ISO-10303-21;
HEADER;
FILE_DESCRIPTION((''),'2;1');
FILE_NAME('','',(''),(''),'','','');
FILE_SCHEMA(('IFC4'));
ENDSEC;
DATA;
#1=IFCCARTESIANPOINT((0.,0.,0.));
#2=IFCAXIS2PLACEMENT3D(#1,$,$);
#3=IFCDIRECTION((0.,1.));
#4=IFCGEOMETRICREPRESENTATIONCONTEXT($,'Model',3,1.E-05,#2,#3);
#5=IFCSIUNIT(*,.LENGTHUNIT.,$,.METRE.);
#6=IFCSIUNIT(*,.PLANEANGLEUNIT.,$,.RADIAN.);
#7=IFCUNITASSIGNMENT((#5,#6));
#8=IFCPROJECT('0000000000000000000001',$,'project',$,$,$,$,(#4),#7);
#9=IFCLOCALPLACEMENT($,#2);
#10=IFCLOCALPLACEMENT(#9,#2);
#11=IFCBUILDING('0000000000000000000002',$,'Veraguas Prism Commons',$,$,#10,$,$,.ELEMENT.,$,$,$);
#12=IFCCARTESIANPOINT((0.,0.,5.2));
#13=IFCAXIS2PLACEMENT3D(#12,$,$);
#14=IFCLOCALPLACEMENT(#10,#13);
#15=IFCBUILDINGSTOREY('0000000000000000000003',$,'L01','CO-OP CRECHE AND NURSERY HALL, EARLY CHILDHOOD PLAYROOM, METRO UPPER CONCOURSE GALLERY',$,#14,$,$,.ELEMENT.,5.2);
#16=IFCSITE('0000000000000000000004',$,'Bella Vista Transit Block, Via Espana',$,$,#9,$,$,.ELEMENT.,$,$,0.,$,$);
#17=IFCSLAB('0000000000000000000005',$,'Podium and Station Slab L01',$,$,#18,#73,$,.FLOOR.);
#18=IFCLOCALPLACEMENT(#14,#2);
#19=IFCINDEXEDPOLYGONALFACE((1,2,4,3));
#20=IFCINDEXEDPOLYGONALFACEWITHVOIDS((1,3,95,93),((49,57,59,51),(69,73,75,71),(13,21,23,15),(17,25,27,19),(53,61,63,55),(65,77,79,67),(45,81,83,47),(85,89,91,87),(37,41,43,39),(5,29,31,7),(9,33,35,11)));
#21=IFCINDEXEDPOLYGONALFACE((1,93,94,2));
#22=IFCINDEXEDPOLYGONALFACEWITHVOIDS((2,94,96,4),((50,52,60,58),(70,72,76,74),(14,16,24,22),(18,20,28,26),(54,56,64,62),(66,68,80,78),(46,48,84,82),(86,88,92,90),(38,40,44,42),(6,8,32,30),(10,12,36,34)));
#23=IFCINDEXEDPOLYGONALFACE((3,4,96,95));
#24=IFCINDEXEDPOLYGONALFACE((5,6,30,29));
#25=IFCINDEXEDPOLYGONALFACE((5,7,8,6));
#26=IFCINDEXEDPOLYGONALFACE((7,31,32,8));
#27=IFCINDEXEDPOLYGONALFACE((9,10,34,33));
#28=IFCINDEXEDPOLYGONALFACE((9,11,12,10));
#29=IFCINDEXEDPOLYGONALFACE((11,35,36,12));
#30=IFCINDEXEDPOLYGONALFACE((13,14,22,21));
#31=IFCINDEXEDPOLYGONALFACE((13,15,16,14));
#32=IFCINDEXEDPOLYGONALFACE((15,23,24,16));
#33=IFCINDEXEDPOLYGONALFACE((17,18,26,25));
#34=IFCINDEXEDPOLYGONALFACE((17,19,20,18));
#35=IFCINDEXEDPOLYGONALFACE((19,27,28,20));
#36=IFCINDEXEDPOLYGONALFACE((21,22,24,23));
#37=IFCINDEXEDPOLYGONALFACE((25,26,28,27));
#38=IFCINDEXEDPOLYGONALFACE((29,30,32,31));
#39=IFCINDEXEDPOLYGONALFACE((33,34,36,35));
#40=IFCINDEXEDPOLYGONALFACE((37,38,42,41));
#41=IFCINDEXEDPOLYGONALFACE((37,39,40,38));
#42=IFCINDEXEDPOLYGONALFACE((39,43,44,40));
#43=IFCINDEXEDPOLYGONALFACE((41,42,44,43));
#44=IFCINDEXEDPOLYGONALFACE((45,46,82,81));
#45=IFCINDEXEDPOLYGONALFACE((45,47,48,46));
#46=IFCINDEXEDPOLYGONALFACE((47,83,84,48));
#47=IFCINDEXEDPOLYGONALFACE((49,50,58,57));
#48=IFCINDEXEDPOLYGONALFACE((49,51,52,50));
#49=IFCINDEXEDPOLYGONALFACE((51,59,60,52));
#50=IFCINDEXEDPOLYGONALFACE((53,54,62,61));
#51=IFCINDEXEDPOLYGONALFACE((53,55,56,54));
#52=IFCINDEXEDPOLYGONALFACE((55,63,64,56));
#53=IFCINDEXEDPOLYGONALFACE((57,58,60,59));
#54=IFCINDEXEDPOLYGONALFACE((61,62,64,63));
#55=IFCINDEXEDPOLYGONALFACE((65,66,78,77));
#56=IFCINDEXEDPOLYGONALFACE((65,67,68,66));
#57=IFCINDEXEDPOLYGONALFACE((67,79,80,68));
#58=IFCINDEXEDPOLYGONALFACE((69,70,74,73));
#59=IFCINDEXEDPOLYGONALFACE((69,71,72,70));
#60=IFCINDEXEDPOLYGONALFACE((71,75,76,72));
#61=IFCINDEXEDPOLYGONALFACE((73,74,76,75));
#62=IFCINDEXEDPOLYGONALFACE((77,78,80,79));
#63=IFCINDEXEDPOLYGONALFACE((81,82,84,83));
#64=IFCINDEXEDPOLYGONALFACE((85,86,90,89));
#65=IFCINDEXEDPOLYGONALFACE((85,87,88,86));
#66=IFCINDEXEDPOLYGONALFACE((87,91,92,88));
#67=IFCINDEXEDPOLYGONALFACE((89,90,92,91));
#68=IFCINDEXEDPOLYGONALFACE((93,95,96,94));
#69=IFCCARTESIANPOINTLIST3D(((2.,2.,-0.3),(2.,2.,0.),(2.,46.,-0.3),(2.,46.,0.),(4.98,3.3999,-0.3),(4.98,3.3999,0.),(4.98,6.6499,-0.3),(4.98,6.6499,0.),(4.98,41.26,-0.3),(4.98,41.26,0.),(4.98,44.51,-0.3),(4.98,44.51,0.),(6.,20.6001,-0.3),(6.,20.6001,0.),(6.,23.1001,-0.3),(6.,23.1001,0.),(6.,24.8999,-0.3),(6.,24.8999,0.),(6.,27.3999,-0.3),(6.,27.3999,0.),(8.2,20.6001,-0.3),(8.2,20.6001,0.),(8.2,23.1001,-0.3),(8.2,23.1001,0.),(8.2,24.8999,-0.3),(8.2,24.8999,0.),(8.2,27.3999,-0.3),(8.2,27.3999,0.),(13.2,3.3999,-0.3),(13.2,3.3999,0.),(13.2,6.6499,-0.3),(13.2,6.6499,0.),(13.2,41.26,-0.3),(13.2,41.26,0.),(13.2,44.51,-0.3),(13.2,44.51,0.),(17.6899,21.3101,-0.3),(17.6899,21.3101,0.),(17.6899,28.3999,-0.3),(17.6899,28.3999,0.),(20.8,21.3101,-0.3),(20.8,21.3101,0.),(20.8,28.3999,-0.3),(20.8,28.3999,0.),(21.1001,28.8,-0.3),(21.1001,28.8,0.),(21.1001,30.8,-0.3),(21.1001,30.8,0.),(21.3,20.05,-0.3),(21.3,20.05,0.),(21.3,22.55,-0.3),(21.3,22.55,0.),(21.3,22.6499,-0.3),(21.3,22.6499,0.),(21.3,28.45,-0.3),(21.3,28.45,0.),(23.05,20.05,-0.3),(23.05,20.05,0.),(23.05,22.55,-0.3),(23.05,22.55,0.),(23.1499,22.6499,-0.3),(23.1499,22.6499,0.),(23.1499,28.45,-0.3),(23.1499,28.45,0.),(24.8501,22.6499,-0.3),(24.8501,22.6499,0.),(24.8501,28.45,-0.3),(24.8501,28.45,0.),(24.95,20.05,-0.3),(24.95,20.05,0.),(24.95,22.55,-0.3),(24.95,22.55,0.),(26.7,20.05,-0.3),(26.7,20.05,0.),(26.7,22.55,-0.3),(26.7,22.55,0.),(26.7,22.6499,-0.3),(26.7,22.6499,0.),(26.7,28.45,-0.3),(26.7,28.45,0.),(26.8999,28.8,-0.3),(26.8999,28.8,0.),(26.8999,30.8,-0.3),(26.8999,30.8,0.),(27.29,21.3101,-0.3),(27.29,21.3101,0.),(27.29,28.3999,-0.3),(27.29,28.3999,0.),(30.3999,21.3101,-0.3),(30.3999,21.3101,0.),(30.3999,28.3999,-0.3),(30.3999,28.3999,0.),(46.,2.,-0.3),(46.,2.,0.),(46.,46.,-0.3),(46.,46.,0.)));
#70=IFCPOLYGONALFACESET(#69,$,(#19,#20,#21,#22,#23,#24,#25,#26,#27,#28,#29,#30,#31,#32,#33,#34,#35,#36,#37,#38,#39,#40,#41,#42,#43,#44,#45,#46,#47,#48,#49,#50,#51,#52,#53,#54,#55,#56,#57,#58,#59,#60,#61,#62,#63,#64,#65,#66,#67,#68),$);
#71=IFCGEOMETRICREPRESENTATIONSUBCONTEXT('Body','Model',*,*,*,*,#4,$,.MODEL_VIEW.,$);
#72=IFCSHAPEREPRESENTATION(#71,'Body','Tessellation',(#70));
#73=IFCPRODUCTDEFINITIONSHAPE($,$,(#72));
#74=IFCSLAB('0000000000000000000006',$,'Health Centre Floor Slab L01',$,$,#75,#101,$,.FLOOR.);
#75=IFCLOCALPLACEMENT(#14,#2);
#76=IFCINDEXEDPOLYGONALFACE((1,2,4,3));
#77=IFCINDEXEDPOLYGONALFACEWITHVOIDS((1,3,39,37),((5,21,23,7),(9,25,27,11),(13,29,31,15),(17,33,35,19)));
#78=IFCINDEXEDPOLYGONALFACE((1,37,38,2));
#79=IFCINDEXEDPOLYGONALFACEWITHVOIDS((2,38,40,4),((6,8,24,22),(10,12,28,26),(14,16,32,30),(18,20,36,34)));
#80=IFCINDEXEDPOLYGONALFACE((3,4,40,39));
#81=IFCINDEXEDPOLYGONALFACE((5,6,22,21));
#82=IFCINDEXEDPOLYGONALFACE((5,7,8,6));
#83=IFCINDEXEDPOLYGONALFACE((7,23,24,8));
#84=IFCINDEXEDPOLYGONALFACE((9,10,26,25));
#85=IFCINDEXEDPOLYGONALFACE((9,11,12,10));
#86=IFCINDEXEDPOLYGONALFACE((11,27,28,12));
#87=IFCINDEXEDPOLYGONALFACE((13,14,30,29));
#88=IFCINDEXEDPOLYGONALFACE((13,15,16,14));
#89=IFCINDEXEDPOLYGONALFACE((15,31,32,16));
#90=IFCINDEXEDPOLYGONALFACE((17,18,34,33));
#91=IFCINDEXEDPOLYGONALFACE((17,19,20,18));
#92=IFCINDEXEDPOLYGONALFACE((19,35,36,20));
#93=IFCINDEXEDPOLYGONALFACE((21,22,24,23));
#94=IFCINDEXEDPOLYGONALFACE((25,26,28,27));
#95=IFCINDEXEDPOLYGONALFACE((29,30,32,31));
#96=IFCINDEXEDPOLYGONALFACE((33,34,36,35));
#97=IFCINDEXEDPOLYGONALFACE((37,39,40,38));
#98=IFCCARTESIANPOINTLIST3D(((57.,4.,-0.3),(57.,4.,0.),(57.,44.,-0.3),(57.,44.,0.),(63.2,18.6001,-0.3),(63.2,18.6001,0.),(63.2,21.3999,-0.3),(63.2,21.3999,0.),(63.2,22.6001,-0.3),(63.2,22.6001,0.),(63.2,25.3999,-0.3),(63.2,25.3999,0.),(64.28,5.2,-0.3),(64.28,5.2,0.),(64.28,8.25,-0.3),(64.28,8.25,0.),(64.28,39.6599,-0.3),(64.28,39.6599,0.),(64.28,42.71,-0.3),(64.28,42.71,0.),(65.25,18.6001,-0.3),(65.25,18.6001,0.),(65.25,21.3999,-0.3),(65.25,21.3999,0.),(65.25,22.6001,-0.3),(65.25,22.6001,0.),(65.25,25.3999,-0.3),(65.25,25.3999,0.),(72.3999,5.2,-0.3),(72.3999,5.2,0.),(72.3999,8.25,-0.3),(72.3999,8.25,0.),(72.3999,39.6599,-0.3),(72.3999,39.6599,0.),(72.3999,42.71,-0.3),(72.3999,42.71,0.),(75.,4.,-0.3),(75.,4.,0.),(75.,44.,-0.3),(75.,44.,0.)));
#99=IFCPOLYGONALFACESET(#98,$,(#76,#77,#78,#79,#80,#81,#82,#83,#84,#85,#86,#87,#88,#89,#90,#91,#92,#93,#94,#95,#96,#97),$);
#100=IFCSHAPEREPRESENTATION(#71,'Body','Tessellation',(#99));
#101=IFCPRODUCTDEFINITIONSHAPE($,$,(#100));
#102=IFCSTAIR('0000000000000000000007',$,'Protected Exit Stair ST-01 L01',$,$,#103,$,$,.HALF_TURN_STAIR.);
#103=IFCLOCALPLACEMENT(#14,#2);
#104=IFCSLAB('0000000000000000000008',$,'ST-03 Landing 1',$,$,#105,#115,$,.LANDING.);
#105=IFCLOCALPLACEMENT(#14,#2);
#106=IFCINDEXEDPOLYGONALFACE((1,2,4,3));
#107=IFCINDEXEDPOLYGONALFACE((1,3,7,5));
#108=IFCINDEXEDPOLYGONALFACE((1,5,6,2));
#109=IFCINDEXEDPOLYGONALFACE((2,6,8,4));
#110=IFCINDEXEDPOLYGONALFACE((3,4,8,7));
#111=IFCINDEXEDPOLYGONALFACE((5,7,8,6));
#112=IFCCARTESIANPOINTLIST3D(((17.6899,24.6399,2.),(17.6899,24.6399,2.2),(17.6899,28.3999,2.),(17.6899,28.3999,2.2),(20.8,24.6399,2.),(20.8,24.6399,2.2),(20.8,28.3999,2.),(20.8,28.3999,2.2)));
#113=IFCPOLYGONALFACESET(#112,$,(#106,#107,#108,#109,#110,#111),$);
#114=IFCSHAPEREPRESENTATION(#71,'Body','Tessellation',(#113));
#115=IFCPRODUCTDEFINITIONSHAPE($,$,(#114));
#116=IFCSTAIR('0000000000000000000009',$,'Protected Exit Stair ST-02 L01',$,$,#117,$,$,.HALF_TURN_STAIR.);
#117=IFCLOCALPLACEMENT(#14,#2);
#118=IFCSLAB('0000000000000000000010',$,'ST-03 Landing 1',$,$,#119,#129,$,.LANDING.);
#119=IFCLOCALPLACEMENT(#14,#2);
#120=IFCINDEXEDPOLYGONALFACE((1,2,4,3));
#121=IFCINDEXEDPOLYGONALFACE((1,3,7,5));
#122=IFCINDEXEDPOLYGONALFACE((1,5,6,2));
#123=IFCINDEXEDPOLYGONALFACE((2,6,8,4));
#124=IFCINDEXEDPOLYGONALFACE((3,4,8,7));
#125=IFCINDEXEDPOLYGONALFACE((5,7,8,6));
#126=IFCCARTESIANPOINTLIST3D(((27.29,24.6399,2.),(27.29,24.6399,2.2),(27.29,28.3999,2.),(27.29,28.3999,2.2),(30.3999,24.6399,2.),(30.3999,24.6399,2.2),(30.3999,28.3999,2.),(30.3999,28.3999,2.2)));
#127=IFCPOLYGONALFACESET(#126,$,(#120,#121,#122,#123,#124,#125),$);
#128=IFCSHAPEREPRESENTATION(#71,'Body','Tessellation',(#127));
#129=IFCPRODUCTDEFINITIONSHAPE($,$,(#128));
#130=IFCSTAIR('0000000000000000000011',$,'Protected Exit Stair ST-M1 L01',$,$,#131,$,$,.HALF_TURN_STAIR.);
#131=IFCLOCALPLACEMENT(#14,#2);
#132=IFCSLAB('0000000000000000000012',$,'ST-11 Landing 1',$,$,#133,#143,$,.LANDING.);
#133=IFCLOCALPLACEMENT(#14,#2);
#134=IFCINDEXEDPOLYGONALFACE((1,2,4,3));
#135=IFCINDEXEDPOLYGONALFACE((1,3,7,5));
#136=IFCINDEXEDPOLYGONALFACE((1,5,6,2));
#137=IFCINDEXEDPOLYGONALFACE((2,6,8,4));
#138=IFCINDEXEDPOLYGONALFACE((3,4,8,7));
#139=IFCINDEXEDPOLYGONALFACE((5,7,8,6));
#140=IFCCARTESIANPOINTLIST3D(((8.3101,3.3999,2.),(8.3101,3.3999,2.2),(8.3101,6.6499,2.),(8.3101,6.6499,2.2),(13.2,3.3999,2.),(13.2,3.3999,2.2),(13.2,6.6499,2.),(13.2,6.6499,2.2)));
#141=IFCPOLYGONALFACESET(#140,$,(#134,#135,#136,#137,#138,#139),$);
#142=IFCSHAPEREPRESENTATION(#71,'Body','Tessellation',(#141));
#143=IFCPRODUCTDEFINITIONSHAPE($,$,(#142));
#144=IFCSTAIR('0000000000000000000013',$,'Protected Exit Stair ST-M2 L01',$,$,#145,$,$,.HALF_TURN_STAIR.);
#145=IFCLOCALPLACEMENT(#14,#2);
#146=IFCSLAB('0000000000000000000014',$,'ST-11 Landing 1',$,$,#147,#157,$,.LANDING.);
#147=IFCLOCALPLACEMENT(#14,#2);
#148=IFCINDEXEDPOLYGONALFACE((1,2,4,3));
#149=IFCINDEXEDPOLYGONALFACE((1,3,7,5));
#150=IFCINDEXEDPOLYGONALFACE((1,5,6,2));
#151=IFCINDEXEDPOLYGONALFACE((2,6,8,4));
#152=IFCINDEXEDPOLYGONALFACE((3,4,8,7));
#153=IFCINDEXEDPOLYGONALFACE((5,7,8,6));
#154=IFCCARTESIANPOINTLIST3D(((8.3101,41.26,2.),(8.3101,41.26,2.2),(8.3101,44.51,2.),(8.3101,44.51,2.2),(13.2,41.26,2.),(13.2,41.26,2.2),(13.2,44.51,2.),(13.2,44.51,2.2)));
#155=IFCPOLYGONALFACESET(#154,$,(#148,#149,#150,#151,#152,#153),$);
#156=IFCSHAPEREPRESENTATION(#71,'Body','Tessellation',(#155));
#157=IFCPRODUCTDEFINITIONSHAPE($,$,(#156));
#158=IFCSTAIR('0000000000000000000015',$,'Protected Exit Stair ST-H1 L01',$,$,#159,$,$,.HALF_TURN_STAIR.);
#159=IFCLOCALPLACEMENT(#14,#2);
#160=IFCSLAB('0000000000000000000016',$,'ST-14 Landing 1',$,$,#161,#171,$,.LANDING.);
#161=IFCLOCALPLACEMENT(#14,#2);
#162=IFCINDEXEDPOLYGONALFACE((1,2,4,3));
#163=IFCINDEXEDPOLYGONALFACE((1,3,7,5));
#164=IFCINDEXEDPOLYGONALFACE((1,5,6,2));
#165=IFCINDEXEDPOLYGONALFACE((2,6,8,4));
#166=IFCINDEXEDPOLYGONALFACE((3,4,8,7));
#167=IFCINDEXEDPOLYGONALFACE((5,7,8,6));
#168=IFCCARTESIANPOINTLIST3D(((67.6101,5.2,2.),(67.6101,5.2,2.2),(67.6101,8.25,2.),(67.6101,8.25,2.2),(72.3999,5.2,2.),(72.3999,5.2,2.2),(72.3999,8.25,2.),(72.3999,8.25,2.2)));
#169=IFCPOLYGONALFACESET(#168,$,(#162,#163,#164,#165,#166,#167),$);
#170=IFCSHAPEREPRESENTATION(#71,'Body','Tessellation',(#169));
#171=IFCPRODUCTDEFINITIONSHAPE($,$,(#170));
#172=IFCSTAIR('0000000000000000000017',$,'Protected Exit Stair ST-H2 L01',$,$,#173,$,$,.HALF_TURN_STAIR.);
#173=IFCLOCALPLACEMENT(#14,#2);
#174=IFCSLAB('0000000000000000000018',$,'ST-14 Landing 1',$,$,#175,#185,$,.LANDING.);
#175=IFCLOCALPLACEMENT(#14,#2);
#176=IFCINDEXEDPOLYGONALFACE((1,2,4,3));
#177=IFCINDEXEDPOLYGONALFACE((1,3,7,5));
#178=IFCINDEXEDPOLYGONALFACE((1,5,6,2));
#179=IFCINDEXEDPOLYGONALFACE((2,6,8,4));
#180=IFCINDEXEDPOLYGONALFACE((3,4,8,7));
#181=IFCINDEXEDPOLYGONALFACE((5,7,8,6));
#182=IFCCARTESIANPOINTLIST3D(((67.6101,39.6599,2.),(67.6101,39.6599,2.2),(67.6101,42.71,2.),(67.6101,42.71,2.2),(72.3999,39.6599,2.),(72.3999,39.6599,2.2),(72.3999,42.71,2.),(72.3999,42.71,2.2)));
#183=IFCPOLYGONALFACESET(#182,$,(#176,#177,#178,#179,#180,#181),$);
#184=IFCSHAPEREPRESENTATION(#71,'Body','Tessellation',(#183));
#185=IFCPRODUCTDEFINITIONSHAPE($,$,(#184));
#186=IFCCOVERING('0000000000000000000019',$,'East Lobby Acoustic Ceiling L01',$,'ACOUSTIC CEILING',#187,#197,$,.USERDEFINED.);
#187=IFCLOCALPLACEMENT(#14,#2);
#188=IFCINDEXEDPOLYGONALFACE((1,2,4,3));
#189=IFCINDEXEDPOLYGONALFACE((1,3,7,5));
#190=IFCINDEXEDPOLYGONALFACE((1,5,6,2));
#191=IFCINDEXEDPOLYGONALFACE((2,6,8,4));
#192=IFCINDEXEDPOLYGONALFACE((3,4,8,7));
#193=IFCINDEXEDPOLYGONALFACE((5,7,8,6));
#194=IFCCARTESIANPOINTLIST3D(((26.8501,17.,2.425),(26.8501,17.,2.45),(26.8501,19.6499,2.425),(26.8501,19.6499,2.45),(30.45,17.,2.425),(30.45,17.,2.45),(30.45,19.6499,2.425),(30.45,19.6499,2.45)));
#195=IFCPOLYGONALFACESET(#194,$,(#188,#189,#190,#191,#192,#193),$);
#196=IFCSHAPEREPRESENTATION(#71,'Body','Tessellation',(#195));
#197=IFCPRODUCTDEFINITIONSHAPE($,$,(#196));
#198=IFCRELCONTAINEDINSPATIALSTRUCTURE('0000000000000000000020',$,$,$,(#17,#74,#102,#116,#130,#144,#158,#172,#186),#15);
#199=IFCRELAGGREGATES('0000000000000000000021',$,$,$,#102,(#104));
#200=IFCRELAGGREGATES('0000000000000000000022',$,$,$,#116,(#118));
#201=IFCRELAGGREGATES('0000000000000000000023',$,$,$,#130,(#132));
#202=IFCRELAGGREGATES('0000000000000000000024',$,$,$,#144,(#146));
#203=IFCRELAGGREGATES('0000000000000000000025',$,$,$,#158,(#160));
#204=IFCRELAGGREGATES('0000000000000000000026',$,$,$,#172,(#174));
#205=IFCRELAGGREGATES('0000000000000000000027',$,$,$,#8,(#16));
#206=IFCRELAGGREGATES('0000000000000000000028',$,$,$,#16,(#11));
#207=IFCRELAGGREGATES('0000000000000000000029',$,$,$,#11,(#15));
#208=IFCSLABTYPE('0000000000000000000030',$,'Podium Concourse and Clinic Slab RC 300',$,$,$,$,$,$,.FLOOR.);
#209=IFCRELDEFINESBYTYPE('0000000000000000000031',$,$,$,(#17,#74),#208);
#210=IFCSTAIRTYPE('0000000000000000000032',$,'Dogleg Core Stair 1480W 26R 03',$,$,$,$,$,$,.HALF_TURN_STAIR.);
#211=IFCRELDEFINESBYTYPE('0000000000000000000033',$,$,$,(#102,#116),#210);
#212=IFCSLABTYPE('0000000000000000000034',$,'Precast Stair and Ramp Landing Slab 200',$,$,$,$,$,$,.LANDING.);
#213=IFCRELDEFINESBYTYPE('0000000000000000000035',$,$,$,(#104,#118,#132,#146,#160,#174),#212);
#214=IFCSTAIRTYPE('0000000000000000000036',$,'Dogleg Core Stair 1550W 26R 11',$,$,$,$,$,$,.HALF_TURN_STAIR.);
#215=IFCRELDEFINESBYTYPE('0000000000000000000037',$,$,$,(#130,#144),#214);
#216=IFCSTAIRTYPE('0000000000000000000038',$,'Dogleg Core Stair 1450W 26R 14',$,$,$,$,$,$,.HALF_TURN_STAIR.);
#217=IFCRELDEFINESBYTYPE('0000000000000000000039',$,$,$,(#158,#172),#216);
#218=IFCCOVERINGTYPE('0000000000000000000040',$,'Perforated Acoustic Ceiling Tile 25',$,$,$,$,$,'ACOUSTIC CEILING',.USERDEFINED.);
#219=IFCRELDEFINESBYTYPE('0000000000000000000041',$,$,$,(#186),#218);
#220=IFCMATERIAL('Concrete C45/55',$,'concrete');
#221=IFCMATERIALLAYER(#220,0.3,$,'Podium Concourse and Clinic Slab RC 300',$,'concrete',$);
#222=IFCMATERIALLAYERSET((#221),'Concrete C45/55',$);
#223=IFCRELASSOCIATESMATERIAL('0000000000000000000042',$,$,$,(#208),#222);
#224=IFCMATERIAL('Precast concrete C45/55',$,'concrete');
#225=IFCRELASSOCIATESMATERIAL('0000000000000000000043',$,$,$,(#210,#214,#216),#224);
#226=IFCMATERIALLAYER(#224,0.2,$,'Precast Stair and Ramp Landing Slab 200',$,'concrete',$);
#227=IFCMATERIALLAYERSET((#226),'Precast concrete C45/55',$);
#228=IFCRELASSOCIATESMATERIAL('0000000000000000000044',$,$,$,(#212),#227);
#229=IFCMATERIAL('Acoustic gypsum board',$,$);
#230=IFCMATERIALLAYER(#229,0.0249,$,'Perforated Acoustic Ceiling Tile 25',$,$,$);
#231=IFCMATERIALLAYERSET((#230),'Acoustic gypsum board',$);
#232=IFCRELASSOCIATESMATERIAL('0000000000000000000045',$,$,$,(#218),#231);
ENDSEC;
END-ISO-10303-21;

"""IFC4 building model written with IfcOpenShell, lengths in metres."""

from ifc_helpers import new_model, si_unit, direction, frame, origin, place, context, subcontext, project, spatial, polyline, outline, extrude, material, layer, layer_set, type_object, element, aggregate, save


model = new_model("IFC4")

# Units and contexts
model_context = context("Model", 3, precision=1e-05, world=origin(), true_north=direction((0.0, 1.0)))
body_context = subcontext(model_context, "Body", "Model", "MODEL_VIEW")
ifc_project = project(units=[si_unit("LENGTHUNIT", "METRE"), si_unit("PLANEANGLEUNIT", "RADIAN")], contexts=[model_context])

# Site, building, storey
site_placement = place(None, origin())
site = spatial("IfcSite", under=ifc_project, at=site_placement, Name="Bella Vista Transit Block, Via Espana", CompositionType="ELEMENT", RefElevation=0.0)
building_placement = place(site_placement, origin())
building = spatial("IfcBuilding", under=site, at=building_placement, Name="Veraguas Prism Commons", CompositionType="ELEMENT")
storey_placement = place(building_placement, frame((0.0, 0.0, 5.2)))
storey = spatial("IfcBuildingStorey", under=building, at=storey_placement, Name="L01", Description="CO-OP CRECHE AND NURSERY HALL, EARLY CHILDHOOD PLAYROOM, METRO UPPER CONCOURSE GALLERY", CompositionType="ELEMENT", Elevation=5.2)

# Slabs
ifc_material_1 = material(Name="Concrete C45/55", Category="concrete")
ifc_layer_1 = layer(ifc_material_1, 0.3, Name="Podium Concourse and Clinic Slab RC 300", Category="concrete")
ifc_layer_set_1 = layer_set([ifc_layer_1], Name="Concrete C45/55")
slab_type_1 = type_object("IfcSlabType", Name="Podium Concourse and Clinic Slab RC 300", PredefinedType="FLOOR", material=ifc_layer_set_1)
slab_1_placement = place(storey_placement, frame((0.0, 0.0, -0.3)))
element("IfcSlab", 1, at=slab_1_placement, inside=storey, type_object=slab_type_1, Name="Podium and Station Slab L01", PredefinedType="FLOOR", context=body_context, shape_type="SweptSolid", body=[
    extrude(outline(polyline([(2.0, 2.0), (46.0, 2.0), (46.0, 46.0), (2.0, 46.0), (2.0, 2.0)]), holes=[polyline([(20.8, 21.3101), (20.8, 28.3999), (17.6899, 28.3999), (17.6899, 21.3101), (20.8, 21.3101)]), polyline([(30.3999, 21.3101), (30.3999, 28.3999), (27.29, 28.3999), (27.29, 21.3101), (30.3999, 21.3101)]), polyline([(4.98, 3.3999), (13.2, 3.3999), (13.2, 6.6499), (4.98, 6.6499), (4.98, 3.3999)]), polyline([(4.98, 41.26), (13.2, 41.26), (13.2, 44.51), (4.98, 44.51), (4.98, 41.26)]), polyline([(21.3, 22.6499), (23.1499, 22.6499), (23.1499, 28.45), (21.3, 28.45), (21.3, 22.6499)]), polyline([(24.8501, 22.6499), (26.7, 22.6499), (26.7, 28.45), (24.8501, 28.45), (24.8501, 22.6499)]), polyline([(21.1001, 28.8), (26.8999, 28.8), (26.8999, 30.8), (21.1001, 30.8), (21.1001, 28.8)]), polyline([(21.3, 20.05), (23.05, 20.05), (23.05, 22.55), (21.3, 22.55), (21.3, 20.05)]), polyline([(24.95, 20.05), (26.7, 20.05), (26.7, 22.55), (24.95, 22.55), (24.95, 20.05)]), polyline([(6.0, 20.6001), (8.2, 20.6001), (8.2, 23.1001), (6.0, 23.1001), (6.0, 20.6001)]), polyline([(6.0, 24.8999), (8.2, 24.8999), (8.2, 27.3999), (6.0, 27.3999), (6.0, 24.8999)])]), origin(), (0.0, 0.0, 1.0), 0.3),
])
slab_2_placement = place(storey_placement, frame((0.0, 0.0, -0.3)))
element("IfcSlab", 2, at=slab_2_placement, inside=storey, type_object=slab_type_1, Name="Health Centre Floor Slab L01", PredefinedType="FLOOR", context=body_context, shape_type="SweptSolid", body=[
    extrude(outline(polyline([(57.0, 4.0), (75.0, 4.0), (75.0, 44.0), (57.0, 44.0), (57.0, 4.0)]), holes=[polyline([(64.28, 5.2), (72.3999, 5.2), (72.3999, 8.25), (64.28, 8.25), (64.28, 5.2)]), polyline([(64.28, 39.6599), (72.3999, 39.6599), (72.3999, 42.71), (64.28, 42.71), (64.28, 39.6599)]), polyline([(63.2, 18.6001), (65.25, 18.6001), (65.25, 21.3999), (63.2, 21.3999), (63.2, 18.6001)]), polyline([(63.2, 22.6001), (65.25, 22.6001), (65.25, 25.3999), (63.2, 25.3999), (63.2, 22.6001)])]), origin(), (0.0, 0.0, 1.0), 0.3),
])

# Stairs, slabs
ifc_material_2 = material(Name="Precast concrete C45/55", Category="concrete")
stair_type_1 = type_object("IfcStairType", Name="Dogleg Core Stair 1480W 26R 03", PredefinedType="HALF_TURN_STAIR", material=ifc_material_2)
stair_1_placement = place(storey_placement, origin())
stair_1 = element("IfcStair", 3, at=stair_1_placement, inside=storey, type_object=stair_type_1, Name="Protected Exit Stair ST-01 L01", PredefinedType="HALF_TURN_STAIR")
ifc_layer_2 = layer(ifc_material_2, 0.2, Name="Precast Stair and Ramp Landing Slab 200", Category="concrete")
ifc_layer_set_2 = layer_set([ifc_layer_2], Name="Precast concrete C45/55")
slab_type_2 = type_object("IfcSlabType", Name="Precast Stair and Ramp Landing Slab 200", PredefinedType="LANDING", material=ifc_layer_set_2)
slab_3_placement = place(storey_placement, frame((0.0, 0.0, 2.0)))
slab_3 = element("IfcSlab", 4, at=slab_3_placement, type_object=slab_type_2, Name="ST-03 Landing 1", PredefinedType="LANDING", context=body_context, shape_type="SweptSolid", body=[
    extrude(outline(polyline([(20.8, 24.6399), (20.8, 28.3999), (17.6899, 28.3999), (17.6899, 24.6399), (20.8, 24.6399)])), origin(), (0.0, 0.0, 1.0), 0.2),
])
aggregate(stair_1, [slab_3])
stair_2_placement = place(storey_placement, origin())
stair_2 = element("IfcStair", 5, at=stair_2_placement, inside=storey, type_object=stair_type_1, Name="Protected Exit Stair ST-02 L01", PredefinedType="HALF_TURN_STAIR")
slab_4_placement = place(storey_placement, frame((0.0, 0.0, 2.0)))
slab_4 = element("IfcSlab", 6, at=slab_4_placement, type_object=slab_type_2, Name="ST-03 Landing 1", PredefinedType="LANDING", context=body_context, shape_type="SweptSolid", body=[
    extrude(outline(polyline([(30.3999, 24.6399), (30.3999, 28.3999), (27.29, 28.3999), (27.29, 24.6399), (30.3999, 24.6399)])), origin(), (0.0, 0.0, 1.0), 0.2),
])
aggregate(stair_2, [slab_4])
stair_type_2 = type_object("IfcStairType", Name="Dogleg Core Stair 1550W 26R 11", PredefinedType="HALF_TURN_STAIR", material=ifc_material_2)
stair_3_placement = place(storey_placement, origin())
stair_3 = element("IfcStair", 7, at=stair_3_placement, inside=storey, type_object=stair_type_2, Name="Protected Exit Stair ST-M1 L01", PredefinedType="HALF_TURN_STAIR")
slab_5_placement = place(storey_placement, frame((0.0, 0.0, 2.0)))
slab_5 = element("IfcSlab", 8, at=slab_5_placement, type_object=slab_type_2, Name="ST-11 Landing 1", PredefinedType="LANDING", context=body_context, shape_type="SweptSolid", body=[
    extrude(outline(polyline([(8.3101, 3.3999), (13.2, 3.3999), (13.2, 6.6499), (8.3101, 6.6499), (8.3101, 3.3999)])), origin(), (0.0, 0.0, 1.0), 0.2),
])
aggregate(stair_3, [slab_5])
stair_4_placement = place(storey_placement, origin())
stair_4 = element("IfcStair", 9, at=stair_4_placement, inside=storey, type_object=stair_type_2, Name="Protected Exit Stair ST-M2 L01", PredefinedType="HALF_TURN_STAIR")
slab_6_placement = place(storey_placement, frame((0.0, 0.0, 2.0)))
slab_6 = element("IfcSlab", 10, at=slab_6_placement, type_object=slab_type_2, Name="ST-11 Landing 1", PredefinedType="LANDING", context=body_context, shape_type="SweptSolid", body=[
    extrude(outline(polyline([(8.3101, 41.26), (13.2, 41.26), (13.2, 44.51), (8.3101, 44.51), (8.3101, 41.26)])), origin(), (0.0, 0.0, 1.0), 0.2),
])
aggregate(stair_4, [slab_6])
stair_type_3 = type_object("IfcStairType", Name="Dogleg Core Stair 1450W 26R 14", PredefinedType="HALF_TURN_STAIR", material=ifc_material_2)
stair_5_placement = place(storey_placement, origin())
stair_5 = element("IfcStair", 11, at=stair_5_placement, inside=storey, type_object=stair_type_3, Name="Protected Exit Stair ST-H1 L01", PredefinedType="HALF_TURN_STAIR")
slab_7_placement = place(storey_placement, frame((0.0, 0.0, 2.0)))
slab_7 = element("IfcSlab", 12, at=slab_7_placement, type_object=slab_type_2, Name="ST-14 Landing 1", PredefinedType="LANDING", context=body_context, shape_type="SweptSolid", body=[
    extrude(outline(polyline([(67.6101, 5.2), (72.3999, 5.2), (72.3999, 8.25), (67.6101, 8.25), (67.6101, 5.2)])), origin(), (0.0, 0.0, 1.0), 0.2),
])
aggregate(stair_5, [slab_7])
stair_6_placement = place(storey_placement, origin())
stair_6 = element("IfcStair", 13, at=stair_6_placement, inside=storey, type_object=stair_type_3, Name="Protected Exit Stair ST-H2 L01", PredefinedType="HALF_TURN_STAIR")
slab_8_placement = place(storey_placement, frame((0.0, 0.0, 2.0)))
slab_8 = element("IfcSlab", 14, at=slab_8_placement, type_object=slab_type_2, Name="ST-14 Landing 1", PredefinedType="LANDING", context=body_context, shape_type="SweptSolid", body=[
    extrude(outline(polyline([(67.6101, 39.6599), (72.3999, 39.6599), (72.3999, 42.71), (67.6101, 42.71), (67.6101, 39.6599)])), origin(), (0.0, 0.0, 1.0), 0.2),
])
aggregate(stair_6, [slab_8])

# Covering
ifc_material_3 = material(Name="Acoustic gypsum board")
ifc_layer_3 = layer(ifc_material_3, 0.0249, Name="Perforated Acoustic Ceiling Tile 25")
ifc_layer_set_3 = layer_set([ifc_layer_3], Name="Acoustic gypsum board")
covering_type_1 = type_object("IfcCoveringType", Name="Perforated Acoustic Ceiling Tile 25", ElementType="ACOUSTIC CEILING", PredefinedType="USERDEFINED", material=ifc_layer_set_3)
covering_1_placement = place(storey_placement, frame((0.0, 0.0, 2.425)))
element("IfcCovering", 15, at=covering_1_placement, inside=storey, type_object=covering_type_1, Name="East Lobby Acoustic Ceiling L01", ObjectType="ACOUSTIC CEILING", PredefinedType="USERDEFINED", context=body_context, shape_type="SweptSolid", body=[
    extrude(outline(polyline([(26.8501, 17.0), (30.45, 17.0), (30.45, 19.6499), (26.8501, 19.6499), (26.8501, 17.0)])), origin(), (0.0, 0.0, 1.0), 0.0249),
])

save(model, "model.ifc")
